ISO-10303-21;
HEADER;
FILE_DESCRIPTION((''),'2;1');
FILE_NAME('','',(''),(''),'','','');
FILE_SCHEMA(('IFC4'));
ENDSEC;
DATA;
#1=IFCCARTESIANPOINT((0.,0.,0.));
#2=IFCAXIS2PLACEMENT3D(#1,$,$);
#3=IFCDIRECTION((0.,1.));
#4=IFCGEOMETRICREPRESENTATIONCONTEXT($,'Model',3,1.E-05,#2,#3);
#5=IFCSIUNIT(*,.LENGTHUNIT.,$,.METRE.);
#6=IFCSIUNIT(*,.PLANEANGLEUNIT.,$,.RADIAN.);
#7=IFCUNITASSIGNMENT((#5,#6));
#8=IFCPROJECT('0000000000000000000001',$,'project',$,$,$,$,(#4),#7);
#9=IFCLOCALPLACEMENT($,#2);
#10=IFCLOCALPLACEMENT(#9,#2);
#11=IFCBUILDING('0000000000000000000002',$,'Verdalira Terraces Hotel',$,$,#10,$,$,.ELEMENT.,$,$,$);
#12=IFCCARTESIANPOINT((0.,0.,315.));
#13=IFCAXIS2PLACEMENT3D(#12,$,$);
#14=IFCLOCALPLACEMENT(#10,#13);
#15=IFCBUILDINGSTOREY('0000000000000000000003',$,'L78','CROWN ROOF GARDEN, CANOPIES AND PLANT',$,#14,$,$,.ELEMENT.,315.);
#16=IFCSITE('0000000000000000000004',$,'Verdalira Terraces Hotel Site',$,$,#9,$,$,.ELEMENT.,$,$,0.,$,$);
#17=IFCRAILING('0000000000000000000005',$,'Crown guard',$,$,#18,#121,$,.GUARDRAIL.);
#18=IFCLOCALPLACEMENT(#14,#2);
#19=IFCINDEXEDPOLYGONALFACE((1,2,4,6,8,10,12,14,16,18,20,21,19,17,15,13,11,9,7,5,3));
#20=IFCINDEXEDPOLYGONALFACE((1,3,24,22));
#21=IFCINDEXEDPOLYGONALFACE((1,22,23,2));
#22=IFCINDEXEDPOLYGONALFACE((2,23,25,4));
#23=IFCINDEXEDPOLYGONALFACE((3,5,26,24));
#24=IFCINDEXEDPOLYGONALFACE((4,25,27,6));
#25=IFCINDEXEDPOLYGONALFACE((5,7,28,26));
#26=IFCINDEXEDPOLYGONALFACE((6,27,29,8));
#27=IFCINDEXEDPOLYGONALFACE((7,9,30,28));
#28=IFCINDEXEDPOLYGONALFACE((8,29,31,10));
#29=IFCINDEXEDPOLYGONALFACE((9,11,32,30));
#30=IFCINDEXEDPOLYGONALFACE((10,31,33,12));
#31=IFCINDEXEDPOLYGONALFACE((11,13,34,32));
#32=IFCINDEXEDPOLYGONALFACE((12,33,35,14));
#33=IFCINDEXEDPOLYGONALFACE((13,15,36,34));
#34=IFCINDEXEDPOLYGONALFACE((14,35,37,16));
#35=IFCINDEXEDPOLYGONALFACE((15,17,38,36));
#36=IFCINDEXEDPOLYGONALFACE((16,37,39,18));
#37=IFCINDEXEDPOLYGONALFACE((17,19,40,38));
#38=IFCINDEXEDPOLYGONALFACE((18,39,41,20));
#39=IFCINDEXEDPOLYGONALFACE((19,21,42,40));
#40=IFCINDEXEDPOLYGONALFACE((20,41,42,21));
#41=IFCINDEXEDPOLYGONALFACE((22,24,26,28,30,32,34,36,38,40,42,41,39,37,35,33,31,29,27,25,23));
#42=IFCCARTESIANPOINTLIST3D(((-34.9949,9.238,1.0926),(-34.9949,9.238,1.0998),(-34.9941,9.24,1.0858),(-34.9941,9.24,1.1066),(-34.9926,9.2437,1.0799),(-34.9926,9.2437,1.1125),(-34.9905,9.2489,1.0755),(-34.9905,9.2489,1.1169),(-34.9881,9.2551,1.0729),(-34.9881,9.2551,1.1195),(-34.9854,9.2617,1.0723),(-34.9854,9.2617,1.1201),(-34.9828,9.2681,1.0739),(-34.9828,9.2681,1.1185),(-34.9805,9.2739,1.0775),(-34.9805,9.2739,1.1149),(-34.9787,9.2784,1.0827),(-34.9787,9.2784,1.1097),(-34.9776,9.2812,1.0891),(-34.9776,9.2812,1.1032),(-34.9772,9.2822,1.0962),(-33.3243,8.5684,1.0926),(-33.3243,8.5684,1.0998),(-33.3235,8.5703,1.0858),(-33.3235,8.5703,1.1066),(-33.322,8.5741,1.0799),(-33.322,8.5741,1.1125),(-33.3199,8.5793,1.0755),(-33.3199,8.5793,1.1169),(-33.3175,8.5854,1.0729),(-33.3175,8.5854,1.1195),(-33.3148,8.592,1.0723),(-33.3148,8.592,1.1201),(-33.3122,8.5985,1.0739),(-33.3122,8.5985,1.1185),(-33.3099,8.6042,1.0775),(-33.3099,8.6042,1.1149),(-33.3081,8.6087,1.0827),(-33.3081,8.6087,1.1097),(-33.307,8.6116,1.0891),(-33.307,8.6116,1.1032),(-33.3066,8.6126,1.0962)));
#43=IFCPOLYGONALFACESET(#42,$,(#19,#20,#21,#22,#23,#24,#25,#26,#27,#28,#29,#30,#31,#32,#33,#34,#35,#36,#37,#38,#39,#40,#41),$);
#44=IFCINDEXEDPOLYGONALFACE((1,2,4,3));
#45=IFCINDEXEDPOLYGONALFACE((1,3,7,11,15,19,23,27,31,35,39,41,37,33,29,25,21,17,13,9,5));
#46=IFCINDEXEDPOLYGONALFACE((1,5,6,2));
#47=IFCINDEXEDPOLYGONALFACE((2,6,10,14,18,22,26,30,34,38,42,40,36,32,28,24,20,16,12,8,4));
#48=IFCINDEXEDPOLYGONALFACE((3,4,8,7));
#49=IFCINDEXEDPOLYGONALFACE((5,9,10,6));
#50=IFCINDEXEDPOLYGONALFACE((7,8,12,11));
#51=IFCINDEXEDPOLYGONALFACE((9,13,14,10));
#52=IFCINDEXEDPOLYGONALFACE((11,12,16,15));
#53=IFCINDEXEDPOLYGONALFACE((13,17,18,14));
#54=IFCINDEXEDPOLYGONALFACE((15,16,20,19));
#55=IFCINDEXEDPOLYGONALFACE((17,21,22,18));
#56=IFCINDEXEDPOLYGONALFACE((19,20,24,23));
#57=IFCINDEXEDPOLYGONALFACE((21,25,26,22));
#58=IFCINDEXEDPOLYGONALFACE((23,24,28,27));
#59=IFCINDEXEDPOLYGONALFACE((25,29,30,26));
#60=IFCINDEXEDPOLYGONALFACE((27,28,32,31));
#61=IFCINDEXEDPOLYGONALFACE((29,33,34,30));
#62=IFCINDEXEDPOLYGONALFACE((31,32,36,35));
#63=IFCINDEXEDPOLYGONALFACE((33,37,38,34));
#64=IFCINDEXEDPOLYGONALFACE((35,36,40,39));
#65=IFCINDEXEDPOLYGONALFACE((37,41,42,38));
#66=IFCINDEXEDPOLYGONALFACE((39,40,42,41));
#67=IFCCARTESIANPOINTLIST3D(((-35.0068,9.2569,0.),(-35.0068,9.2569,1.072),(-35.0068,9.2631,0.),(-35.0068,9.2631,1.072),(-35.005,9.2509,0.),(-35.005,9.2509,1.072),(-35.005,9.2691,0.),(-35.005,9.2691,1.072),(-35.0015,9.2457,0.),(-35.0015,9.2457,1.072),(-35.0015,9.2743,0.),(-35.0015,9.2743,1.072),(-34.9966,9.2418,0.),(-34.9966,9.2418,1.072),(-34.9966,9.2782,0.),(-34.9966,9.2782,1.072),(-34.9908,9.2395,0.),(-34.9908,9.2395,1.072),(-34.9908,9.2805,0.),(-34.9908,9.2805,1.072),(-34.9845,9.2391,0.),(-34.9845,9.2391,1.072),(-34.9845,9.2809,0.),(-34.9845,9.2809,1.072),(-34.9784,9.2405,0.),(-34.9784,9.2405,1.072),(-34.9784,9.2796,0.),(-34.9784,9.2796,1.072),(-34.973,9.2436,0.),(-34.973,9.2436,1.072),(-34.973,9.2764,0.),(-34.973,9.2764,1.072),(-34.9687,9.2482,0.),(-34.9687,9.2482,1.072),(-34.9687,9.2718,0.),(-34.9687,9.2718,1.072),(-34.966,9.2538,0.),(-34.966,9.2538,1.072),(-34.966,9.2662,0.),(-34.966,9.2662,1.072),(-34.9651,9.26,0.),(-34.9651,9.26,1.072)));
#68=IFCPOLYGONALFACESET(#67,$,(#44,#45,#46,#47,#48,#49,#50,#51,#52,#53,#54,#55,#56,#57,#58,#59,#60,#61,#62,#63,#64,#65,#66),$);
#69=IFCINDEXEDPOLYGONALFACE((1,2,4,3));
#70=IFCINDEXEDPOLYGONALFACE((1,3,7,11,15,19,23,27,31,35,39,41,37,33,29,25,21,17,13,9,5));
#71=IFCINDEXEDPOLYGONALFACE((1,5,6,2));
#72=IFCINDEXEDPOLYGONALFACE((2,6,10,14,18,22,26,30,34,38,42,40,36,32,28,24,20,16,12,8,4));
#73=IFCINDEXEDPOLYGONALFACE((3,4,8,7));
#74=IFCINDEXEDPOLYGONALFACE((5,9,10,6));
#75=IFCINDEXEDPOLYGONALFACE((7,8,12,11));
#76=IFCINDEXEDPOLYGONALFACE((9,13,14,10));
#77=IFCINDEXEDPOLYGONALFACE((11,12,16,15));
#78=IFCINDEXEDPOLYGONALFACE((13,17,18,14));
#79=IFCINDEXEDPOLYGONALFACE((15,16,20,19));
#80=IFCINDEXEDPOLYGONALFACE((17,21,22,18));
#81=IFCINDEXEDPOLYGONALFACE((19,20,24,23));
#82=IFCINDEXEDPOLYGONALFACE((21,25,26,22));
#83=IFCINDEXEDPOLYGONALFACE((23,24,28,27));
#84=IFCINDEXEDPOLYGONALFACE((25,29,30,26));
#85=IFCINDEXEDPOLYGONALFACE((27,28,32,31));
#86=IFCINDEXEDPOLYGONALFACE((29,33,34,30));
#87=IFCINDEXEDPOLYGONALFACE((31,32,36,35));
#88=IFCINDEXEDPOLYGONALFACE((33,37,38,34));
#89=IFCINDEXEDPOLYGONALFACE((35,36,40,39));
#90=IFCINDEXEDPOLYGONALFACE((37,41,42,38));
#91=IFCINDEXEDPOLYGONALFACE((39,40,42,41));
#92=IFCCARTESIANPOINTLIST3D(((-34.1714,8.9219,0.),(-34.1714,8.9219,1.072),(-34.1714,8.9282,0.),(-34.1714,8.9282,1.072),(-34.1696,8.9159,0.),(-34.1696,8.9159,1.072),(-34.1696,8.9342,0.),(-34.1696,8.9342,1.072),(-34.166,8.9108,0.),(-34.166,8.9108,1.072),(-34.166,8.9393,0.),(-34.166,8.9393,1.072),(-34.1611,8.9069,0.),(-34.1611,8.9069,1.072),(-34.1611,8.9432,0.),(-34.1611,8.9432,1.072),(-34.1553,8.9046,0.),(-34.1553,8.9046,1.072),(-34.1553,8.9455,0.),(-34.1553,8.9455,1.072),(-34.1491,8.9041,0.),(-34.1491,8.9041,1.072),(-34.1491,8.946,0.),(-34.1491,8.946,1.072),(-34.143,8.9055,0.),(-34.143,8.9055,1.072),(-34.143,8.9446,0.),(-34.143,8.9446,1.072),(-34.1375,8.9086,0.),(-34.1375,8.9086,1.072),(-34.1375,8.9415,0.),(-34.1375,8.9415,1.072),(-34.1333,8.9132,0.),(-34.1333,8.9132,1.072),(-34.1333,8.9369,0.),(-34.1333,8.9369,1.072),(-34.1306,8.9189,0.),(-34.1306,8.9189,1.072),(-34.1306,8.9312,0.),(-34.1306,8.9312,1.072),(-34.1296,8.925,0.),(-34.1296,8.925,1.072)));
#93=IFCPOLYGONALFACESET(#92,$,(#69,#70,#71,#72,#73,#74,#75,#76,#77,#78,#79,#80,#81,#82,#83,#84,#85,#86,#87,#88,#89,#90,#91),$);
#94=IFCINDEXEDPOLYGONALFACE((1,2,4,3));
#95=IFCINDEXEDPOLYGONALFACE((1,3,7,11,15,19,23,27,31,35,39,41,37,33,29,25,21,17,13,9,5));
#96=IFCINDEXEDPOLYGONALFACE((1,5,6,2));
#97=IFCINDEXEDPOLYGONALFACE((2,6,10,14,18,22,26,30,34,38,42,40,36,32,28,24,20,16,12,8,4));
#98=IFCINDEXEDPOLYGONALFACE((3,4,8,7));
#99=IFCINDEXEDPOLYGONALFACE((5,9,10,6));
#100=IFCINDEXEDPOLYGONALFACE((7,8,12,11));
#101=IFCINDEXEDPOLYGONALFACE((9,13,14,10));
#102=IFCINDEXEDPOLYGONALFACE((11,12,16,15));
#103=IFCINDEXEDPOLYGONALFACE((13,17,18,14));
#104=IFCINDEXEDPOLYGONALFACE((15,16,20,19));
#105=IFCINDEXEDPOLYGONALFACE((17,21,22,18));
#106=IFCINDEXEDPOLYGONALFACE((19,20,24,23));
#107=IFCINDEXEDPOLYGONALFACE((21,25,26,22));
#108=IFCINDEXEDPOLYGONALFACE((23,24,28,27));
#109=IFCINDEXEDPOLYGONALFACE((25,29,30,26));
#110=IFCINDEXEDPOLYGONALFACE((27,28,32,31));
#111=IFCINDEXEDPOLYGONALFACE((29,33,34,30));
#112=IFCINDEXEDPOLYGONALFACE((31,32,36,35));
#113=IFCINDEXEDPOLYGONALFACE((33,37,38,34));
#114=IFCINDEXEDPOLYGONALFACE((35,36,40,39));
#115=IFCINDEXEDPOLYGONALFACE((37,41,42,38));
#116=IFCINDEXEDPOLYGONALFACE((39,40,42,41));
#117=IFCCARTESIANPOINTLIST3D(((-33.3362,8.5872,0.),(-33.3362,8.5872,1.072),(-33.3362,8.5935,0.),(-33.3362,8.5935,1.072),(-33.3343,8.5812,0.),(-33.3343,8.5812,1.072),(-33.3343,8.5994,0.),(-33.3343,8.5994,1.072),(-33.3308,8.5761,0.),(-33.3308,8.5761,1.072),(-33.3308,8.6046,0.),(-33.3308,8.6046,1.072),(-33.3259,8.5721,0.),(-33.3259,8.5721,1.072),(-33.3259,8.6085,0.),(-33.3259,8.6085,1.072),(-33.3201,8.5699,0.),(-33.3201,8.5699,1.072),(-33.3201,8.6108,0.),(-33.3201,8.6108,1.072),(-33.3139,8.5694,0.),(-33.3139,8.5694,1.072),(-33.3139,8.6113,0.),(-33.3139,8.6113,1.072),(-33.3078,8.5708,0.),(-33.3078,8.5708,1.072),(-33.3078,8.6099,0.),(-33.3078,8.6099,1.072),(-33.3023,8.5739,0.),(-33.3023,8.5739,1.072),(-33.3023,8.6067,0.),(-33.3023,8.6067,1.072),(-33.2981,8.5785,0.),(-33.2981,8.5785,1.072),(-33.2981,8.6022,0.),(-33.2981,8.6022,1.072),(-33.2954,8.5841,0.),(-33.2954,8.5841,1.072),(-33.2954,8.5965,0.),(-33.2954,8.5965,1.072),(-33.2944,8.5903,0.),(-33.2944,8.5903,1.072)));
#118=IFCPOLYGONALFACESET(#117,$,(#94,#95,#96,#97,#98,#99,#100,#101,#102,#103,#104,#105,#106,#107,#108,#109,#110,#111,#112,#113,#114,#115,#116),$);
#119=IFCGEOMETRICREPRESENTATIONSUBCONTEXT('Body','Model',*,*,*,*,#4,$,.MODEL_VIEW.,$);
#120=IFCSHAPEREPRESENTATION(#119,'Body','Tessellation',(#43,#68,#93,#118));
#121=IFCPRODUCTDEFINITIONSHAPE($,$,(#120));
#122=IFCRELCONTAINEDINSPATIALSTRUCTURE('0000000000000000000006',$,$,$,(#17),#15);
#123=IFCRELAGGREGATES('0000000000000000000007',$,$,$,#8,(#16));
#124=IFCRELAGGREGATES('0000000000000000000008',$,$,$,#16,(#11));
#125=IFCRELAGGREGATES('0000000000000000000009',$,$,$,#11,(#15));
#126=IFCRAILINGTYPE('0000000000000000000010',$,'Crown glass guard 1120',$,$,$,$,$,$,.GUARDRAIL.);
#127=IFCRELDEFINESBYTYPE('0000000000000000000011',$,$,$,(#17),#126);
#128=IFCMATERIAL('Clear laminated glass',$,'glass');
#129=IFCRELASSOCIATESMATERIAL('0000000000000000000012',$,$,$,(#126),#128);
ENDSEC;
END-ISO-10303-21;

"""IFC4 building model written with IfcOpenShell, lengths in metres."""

from ifc_helpers import new_model, si_unit, direction, frame, origin, origin_2d, place, context, subcontext, project, spatial, circle, extrude, material, type_object, element, save


model = new_model("IFC4")

# Units and contexts
model_context = context("Model", 3, precision=1e-05, world=origin(), true_north=direction((0.0, 1.0)))
body_context = subcontext(model_context, "Body", "Model", "MODEL_VIEW")
ifc_project = project(units=[si_unit("LENGTHUNIT", "METRE"), si_unit("PLANEANGLEUNIT", "RADIAN")], contexts=[model_context])

# Site, building, storey
site_placement = place(None, origin())
site = spatial("IfcSite", under=ifc_project, at=site_placement, Name="Verdalira Terraces Hotel Site", CompositionType="ELEMENT", RefElevation=0.0)
building_placement = place(site_placement, origin())
building = spatial("IfcBuilding", under=site, at=building_placement, Name="Verdalira Terraces Hotel", CompositionType="ELEMENT")
storey_placement = place(building_placement, frame((0.0, 0.0, 315.0)))
storey = spatial("IfcBuildingStorey", under=building, at=storey_placement, Name="L78", Description="CROWN ROOF GARDEN, CANOPIES AND PLANT", CompositionType="ELEMENT", Elevation=315.0)

# Railing
ifc_material_1 = material(Name="Clear laminated glass", Category="glass")
railing_type = type_object("IfcRailingType", Name="Crown glass guard 1120", PredefinedType="GUARDRAIL", material=ifc_material_1)
railing_1_placement = place(storey_placement, frame((-34.9861, 9.26, 0.0)))
element("IfcRailing", 1, at=railing_1_placement, inside=storey, type_object=railing_type, Name="Crown guard", PredefinedType="GUARDRAIL", context=body_context, shape_type="SweptSolid", body=[
    extrude(circle(Radius=0.0239, at=origin_2d()), frame((0.0, 0.0, 1.0962), z_axis=(0.928205, -0.372069, 0.0), x_axis=(0.372069, 0.928205, 0.0)), (0.0, 0.0, 1.0), 1.7998),
    extrude(circle(Radius=0.021, at=origin_2d()), origin(), (0.0, 0.0, 1.0), 1.072),
    extrude(circle(Radius=0.021, at=origin_2d()), frame((0.8354, -0.335, 0.0)), (0.0, 0.0, 1.0), 1.072),
    extrude(circle(Radius=0.021, at=origin_2d()), frame((1.6707, -0.6697, 0.0)), (0.0, 0.0, 1.0), 1.072),
])

save(model, "model.ifc")
